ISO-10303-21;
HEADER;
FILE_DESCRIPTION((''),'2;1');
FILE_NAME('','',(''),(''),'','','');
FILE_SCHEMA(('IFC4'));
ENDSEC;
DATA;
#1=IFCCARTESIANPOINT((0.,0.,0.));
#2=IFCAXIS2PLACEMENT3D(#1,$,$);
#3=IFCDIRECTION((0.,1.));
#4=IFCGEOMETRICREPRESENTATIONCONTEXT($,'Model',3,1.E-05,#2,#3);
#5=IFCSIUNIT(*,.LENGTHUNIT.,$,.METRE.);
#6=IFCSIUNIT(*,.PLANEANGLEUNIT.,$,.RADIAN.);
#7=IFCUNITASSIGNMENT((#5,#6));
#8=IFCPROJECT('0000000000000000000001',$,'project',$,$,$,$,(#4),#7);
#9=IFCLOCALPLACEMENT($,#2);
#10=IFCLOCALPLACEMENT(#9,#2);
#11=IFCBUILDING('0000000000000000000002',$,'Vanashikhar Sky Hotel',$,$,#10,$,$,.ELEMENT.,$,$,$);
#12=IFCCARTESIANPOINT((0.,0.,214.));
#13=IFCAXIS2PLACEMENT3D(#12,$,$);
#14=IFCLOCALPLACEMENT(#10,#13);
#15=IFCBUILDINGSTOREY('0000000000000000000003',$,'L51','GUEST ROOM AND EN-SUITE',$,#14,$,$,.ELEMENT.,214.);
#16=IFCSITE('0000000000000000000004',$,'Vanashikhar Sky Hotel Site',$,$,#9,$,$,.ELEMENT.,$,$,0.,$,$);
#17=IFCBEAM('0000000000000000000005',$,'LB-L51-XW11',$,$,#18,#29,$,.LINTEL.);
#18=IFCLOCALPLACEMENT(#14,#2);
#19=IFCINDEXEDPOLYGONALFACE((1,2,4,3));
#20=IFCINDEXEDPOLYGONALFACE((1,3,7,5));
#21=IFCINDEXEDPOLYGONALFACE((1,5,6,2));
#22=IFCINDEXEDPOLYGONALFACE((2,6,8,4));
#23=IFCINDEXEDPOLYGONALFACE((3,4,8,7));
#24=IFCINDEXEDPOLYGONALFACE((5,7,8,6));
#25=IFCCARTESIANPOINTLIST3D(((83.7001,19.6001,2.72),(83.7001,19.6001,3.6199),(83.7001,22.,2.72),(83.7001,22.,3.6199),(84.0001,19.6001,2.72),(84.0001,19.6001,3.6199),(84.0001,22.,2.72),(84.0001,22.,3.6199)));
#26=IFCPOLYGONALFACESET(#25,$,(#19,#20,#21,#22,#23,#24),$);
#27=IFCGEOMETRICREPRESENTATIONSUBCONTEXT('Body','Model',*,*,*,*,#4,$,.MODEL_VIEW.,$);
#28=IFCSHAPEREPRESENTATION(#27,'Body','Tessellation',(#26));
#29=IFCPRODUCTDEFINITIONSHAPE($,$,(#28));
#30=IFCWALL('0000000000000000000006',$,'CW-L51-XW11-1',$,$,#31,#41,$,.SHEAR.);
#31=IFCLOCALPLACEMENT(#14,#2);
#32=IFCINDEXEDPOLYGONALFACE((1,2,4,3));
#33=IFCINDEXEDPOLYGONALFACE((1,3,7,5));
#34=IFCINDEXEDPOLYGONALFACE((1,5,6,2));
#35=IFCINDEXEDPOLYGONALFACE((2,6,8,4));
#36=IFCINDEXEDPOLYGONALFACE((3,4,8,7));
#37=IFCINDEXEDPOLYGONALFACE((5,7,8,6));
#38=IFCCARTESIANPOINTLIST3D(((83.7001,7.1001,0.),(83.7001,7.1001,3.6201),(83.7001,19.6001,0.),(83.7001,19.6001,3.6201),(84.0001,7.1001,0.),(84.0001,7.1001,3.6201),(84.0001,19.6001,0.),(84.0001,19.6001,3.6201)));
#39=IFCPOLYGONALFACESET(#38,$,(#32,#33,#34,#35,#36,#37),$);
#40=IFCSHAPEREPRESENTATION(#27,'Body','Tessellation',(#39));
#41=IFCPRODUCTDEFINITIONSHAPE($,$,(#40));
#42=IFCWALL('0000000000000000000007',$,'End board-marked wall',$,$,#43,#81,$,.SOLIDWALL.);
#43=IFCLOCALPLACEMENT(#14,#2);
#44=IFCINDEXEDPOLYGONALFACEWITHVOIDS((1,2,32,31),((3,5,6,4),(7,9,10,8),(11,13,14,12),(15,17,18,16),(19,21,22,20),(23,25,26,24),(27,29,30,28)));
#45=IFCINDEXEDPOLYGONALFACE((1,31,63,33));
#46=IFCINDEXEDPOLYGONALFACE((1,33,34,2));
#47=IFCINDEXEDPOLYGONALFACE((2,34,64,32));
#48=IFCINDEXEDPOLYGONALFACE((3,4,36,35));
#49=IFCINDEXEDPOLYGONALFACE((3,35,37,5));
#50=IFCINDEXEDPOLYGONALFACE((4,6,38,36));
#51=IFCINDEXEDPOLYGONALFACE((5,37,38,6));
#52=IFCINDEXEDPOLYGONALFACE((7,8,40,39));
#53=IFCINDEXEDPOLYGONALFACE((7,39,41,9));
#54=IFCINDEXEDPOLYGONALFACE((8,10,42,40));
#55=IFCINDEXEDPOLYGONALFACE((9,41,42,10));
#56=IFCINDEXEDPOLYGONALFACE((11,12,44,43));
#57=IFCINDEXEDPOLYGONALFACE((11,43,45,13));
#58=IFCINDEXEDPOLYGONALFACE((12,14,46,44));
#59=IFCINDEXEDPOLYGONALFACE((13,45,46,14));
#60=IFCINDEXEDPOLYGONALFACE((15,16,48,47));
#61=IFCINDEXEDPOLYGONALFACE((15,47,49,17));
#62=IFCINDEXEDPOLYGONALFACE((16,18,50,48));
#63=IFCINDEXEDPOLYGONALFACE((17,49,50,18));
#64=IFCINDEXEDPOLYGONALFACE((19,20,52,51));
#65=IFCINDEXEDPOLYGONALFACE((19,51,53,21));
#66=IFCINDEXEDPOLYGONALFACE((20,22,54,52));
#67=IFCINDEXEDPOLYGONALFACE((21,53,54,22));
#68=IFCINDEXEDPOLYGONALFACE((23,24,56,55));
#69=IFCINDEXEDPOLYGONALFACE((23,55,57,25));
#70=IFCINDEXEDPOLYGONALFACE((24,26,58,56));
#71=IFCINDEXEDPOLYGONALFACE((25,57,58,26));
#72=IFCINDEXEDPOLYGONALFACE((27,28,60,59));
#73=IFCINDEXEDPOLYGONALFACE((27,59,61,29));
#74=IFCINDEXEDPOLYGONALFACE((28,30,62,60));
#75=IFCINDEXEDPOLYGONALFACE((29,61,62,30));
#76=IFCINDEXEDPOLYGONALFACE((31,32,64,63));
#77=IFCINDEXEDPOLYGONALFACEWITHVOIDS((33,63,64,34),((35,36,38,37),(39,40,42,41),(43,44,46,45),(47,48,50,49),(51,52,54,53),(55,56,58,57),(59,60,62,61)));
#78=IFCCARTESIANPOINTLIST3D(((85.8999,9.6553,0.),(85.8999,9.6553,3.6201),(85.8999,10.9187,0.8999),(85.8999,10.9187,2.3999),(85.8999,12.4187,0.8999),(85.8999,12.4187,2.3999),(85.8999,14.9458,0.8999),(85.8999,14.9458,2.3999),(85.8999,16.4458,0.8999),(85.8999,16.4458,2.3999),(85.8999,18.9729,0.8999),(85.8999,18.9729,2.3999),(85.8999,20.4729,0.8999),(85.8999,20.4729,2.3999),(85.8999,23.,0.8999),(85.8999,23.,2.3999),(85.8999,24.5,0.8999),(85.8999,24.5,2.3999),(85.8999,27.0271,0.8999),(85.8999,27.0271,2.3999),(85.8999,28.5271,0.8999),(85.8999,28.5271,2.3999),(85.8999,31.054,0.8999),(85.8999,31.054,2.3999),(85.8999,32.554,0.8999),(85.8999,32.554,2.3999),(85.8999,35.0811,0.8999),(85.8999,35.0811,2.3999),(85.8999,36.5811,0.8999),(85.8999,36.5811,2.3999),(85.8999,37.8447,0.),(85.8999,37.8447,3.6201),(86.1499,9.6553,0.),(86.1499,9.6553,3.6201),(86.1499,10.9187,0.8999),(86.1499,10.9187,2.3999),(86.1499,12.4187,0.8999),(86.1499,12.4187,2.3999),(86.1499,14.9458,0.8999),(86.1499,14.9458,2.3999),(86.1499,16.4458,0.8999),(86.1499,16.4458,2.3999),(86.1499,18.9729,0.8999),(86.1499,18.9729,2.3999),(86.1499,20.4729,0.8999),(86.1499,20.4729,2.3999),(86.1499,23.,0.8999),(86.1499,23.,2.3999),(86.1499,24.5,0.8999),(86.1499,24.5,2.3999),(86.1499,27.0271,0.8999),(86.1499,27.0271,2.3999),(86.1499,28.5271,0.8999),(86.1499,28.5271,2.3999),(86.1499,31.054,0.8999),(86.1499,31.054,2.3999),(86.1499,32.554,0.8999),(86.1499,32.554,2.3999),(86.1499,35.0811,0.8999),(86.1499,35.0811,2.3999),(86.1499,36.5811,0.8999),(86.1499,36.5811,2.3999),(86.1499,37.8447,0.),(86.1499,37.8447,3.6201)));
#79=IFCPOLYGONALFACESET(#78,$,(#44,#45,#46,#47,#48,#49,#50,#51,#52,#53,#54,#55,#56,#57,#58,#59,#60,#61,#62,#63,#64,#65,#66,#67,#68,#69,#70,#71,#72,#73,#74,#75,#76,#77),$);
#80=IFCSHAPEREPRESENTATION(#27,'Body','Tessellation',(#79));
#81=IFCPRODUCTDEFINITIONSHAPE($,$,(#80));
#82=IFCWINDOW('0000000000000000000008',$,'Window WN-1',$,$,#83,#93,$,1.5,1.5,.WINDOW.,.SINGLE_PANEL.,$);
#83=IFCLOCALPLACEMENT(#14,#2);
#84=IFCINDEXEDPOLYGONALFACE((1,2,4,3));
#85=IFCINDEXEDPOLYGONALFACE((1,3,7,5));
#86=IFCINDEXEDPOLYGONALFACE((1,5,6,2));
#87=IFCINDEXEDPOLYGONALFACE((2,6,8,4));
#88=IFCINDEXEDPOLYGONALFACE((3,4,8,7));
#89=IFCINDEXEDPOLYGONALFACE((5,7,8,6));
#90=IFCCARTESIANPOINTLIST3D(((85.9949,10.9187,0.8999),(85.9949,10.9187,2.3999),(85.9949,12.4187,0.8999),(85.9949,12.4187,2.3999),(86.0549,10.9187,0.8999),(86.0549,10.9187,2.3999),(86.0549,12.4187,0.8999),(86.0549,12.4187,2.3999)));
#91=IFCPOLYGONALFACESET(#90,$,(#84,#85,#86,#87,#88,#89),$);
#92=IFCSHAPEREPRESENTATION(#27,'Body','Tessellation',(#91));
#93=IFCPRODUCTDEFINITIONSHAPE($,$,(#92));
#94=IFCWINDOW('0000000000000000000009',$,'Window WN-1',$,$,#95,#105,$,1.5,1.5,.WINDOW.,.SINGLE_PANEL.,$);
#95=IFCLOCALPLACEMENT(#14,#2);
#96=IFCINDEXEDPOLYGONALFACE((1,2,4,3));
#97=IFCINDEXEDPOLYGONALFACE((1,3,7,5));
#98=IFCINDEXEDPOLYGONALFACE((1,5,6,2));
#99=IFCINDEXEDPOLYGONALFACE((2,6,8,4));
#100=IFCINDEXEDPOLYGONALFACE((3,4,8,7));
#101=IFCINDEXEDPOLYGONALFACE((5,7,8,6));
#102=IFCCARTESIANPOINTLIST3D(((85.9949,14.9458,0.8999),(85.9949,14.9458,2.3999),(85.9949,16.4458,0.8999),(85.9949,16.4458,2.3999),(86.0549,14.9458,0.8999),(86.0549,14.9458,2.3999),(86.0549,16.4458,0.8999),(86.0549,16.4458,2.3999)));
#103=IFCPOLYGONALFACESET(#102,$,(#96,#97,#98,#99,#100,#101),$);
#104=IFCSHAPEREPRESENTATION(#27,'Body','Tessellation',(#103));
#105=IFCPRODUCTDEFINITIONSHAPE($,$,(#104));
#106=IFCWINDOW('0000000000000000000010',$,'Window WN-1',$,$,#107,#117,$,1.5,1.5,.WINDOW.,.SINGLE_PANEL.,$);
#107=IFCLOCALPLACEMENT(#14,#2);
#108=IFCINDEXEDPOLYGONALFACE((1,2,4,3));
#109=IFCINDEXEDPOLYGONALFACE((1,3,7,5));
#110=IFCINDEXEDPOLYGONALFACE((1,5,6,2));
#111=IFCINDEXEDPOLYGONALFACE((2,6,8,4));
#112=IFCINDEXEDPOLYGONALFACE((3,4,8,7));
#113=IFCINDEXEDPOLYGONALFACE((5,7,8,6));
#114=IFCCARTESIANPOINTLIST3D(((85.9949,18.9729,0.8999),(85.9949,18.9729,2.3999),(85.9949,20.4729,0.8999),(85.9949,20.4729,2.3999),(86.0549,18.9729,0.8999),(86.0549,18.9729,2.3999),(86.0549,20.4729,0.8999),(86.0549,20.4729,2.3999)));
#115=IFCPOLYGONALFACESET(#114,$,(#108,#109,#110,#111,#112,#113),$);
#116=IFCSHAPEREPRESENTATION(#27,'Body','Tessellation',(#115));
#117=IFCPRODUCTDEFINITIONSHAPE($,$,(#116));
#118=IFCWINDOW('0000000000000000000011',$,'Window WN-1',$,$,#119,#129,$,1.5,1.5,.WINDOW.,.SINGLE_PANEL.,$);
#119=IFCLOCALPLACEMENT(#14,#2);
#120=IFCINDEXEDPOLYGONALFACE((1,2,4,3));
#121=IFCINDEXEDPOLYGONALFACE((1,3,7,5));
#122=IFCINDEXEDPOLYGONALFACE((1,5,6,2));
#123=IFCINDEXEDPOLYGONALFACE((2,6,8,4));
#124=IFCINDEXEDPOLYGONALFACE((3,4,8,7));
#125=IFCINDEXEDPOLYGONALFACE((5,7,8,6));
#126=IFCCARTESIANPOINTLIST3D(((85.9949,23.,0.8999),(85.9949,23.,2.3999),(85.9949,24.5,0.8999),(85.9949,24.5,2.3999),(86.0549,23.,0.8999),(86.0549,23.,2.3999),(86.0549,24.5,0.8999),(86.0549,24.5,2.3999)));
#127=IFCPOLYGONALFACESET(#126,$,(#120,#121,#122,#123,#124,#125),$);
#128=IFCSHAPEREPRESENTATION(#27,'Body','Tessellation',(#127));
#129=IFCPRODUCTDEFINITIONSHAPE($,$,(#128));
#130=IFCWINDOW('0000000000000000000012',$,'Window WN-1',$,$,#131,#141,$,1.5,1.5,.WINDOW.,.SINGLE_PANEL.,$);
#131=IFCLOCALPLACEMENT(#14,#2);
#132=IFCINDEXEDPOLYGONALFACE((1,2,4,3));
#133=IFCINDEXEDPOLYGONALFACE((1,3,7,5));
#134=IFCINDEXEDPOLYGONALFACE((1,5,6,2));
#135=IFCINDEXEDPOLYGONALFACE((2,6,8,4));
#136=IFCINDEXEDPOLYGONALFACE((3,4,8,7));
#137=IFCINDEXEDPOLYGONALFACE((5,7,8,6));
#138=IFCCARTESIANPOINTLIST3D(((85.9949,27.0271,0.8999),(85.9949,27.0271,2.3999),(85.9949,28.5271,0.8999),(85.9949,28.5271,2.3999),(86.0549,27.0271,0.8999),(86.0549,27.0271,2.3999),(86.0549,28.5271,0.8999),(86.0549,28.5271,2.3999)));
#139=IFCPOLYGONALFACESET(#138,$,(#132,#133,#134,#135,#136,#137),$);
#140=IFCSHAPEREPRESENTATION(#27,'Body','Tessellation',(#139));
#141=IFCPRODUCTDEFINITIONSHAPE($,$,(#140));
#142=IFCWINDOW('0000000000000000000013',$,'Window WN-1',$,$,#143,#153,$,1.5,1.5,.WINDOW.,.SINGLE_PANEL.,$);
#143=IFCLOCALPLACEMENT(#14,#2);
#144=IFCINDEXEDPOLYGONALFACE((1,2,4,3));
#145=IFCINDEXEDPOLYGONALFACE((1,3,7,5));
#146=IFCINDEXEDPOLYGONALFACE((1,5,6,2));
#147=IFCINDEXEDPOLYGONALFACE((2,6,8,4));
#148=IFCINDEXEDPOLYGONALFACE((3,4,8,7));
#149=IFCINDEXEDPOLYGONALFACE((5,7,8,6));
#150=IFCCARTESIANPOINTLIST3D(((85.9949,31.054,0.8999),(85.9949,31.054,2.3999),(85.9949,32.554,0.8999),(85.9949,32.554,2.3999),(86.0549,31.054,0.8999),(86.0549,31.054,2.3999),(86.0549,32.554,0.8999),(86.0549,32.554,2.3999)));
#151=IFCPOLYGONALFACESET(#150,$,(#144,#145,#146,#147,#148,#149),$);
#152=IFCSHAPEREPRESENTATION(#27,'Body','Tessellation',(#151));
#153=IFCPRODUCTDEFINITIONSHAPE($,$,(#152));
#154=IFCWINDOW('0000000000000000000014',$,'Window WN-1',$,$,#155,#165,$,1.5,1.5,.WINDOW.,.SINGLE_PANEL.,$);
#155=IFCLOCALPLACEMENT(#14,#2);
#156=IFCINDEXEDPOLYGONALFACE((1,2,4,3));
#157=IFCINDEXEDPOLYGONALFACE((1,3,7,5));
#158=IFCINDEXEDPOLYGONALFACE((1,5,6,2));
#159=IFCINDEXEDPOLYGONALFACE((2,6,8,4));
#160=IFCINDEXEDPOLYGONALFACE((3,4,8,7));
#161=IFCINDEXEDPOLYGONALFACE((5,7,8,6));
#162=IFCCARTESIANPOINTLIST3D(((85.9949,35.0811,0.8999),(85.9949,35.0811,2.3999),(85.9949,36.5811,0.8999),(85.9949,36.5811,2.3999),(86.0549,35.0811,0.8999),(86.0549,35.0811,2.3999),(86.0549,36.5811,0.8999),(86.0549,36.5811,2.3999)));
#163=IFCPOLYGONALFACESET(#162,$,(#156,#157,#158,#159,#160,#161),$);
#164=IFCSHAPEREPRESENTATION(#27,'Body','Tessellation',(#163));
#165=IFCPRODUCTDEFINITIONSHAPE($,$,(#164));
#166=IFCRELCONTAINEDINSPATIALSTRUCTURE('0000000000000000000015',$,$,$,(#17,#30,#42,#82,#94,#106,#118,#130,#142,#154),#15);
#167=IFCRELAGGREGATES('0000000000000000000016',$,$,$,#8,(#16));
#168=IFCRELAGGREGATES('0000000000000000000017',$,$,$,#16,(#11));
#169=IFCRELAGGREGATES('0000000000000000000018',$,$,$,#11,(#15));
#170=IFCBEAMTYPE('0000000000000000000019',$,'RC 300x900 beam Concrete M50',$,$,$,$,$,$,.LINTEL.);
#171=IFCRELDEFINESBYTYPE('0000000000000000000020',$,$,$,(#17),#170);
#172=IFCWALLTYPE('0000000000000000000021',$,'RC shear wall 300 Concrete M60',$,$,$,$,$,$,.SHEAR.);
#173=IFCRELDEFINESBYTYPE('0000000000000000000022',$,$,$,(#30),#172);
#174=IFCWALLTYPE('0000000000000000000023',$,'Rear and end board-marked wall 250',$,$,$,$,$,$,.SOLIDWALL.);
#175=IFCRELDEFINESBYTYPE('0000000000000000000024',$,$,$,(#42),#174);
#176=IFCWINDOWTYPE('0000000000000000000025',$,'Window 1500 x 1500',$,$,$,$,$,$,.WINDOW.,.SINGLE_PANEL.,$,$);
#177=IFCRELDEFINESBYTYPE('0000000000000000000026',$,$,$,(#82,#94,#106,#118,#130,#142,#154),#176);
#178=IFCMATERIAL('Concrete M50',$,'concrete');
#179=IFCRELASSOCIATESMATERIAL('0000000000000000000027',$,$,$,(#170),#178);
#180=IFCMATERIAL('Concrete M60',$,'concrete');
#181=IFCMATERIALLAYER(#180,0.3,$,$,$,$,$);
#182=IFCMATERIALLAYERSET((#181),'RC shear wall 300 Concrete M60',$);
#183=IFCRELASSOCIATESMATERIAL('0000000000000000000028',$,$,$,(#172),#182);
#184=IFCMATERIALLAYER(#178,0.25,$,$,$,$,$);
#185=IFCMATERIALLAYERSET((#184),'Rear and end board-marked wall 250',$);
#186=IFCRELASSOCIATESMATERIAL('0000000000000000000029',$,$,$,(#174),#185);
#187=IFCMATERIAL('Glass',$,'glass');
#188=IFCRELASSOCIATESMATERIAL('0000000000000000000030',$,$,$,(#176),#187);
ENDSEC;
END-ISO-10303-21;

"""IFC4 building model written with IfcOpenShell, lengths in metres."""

from ifc_helpers import new_model, si_unit, direction, frame, frame_2d, origin, origin_2d, place, context, subcontext, project, spatial, rectangle, extrude, source, transform, mapped, material, layer, layer_set, material_profile, profile_set, type_object, element, fill, save


model = new_model("IFC4")

# Units and contexts
model_context = context("Model", 3, precision=1e-05, world=origin(), true_north=direction((0.0, 1.0)))
body_context = subcontext(model_context, "Body", "Model", "MODEL_VIEW")
ifc_project = project(units=[si_unit("LENGTHUNIT", "METRE"), si_unit("PLANEANGLEUNIT", "RADIAN")], contexts=[model_context])

# Site, building, storey
site_placement = place(None, origin())
site = spatial("IfcSite", under=ifc_project, at=site_placement, Name="Vanashikhar Sky Hotel Site", CompositionType="ELEMENT", RefElevation=0.0)
building_placement = place(site_placement, origin())
building = spatial("IfcBuilding", under=site, at=building_placement, Name="Vanashikhar Sky Hotel", CompositionType="ELEMENT")
storey_placement = place(building_placement, frame((0.0, 0.0, 214.0)))
storey = spatial("IfcBuildingStorey", under=building, at=storey_placement, Name="L51", Description="GUEST ROOM AND EN-SUITE", CompositionType="ELEMENT", Elevation=214.0)

# Beam
ifc_material_1 = material(Name="Concrete M50", Category="concrete")
ifc_material_profile_1 = material_profile(ifc_material_1, rectangle(XDim=0.3, YDim=0.8999, at=origin_2d()))
ifc_profile_set_1 = profile_set([ifc_material_profile_1], Name="RC 300x900 beam Concrete M50")
beam_type = type_object("IfcBeamType", Name="RC 300x900 beam Concrete M50", PredefinedType="LINTEL", material=ifc_profile_set_1)
shared_shape_1 = source(origin(), body_context, "Body", "SweptSolid", [
    extrude(rectangle(XDim=0.3, YDim=0.8999, at=origin_2d()), origin(), (0.0, 0.0, 1.0), 2.3999),
])
beam_placement = place(storey_placement, frame((83.8501, 19.6001, 3.1699), z_axis=(0.0, 1.0, 0.0), x_axis=(-1.0, 0.0, 0.0)))
element("IfcBeam", 1, at=beam_placement, inside=storey, type_object=beam_type, Name="LB-L51-XW11", PredefinedType="LINTEL", context=body_context, shape_type="MappedRepresentation", body=[
    mapped(shared_shape_1, transform((0.0, 0.0, 0.0), scale=1.0)),
])

# Wall
ifc_material_2 = material(Name="Concrete M60", Category="concrete")
ifc_layer_1 = layer(ifc_material_2, 0.3)
ifc_layer_set_1 = layer_set([ifc_layer_1], Name="RC shear wall 300 Concrete M60")
wall_type_1 = type_object("IfcWallType", Name="RC shear wall 300 Concrete M60", PredefinedType="SHEAR", material=ifc_layer_set_1)
shared_shape_2 = source(origin(), body_context, "Body", "SweptSolid", [
    extrude(rectangle(XDim=12.5, YDim=0.3, at=frame_2d((6.25, 0.0))), origin(), (0.0, 0.0, 1.0), 3.6201),
])
wall_1_placement = place(storey_placement, frame((83.8501, 7.1001, 0.0), z_axis=(0.0, 0.0, 1.0), x_axis=(0.0, 1.0, 0.0)))
element("IfcWall", 2, at=wall_1_placement, inside=storey, type_object=wall_type_1, Name="CW-L51-XW11-1", PredefinedType="SHEAR", context=body_context, shape_type="MappedRepresentation", body=[
    mapped(shared_shape_2, transform((0.0, 0.0, 0.0), scale=1.0)),
])

# Wall, openings, windows
ifc_layer_2 = layer(ifc_material_1, 0.25)
ifc_layer_set_2 = layer_set([ifc_layer_2], Name="Rear and end board-marked wall 250")
wall_type_2 = type_object("IfcWallType", Name="Rear and end board-marked wall 250", PredefinedType="SOLIDWALL", material=ifc_layer_set_2)
shared_shape_3 = source(origin(), body_context, "Body", "SweptSolid", [
    extrude(rectangle(XDim=28.1895, YDim=0.25, at=frame_2d((14.0947, 0.0))), origin(), (0.0, 0.0, 1.0), 3.6201),
])
wall_2_placement = place(storey_placement, frame((86.0249, 9.6553, 0.0), z_axis=(0.0, 0.0, 1.0), x_axis=(0.0, 1.0, 0.0)))
wall_2 = element("IfcWall", 3, at=wall_2_placement, inside=storey, type_object=wall_type_2, Name="End board-marked wall", PredefinedType="SOLIDWALL", context=body_context, shape_type="MappedRepresentation", body=[
    mapped(shared_shape_3, transform((0.0, 0.0, 0.0), scale=1.0)),
])
shared_shape_4 = source(origin(), body_context, "Body", "SweptSolid", [
    extrude(rectangle(XDim=1.5, YDim=1.5, at=frame_2d((0.75, 0.75))), frame((0.0, 0.135, 0.0), z_axis=(0.0, -1.0, 0.0), x_axis=(1.0, 0.0, 0.0)), (0.0, 0.0, 1.0), 0.27),
])
opening_1_placement = place(wall_2_placement, frame((1.2634, 0.0, 0.8999)))
opening_1 = element("IfcOpeningElement", 4, at=opening_1_placement, cuts=wall_2, PredefinedType="OPENING", context=body_context, shape_type="MappedRepresentation", body=[
    mapped(shared_shape_4, transform((0.0, 0.0, 0.0), scale=1.0)),
])
opening_2_placement = place(wall_2_placement, frame((5.2905, 0.0, 0.8999)))
opening_2 = element("IfcOpeningElement", 5, at=opening_2_placement, cuts=wall_2, PredefinedType="OPENING", context=body_context, shape_type="MappedRepresentation", body=[
    mapped(shared_shape_4, transform((0.0, 0.0, 0.0), scale=1.0)),
])
opening_3_placement = place(wall_2_placement, frame((9.3176, 0.0, 0.8999)))
opening_3 = element("IfcOpeningElement", 6, at=opening_3_placement, cuts=wall_2, PredefinedType="OPENING", context=body_context, shape_type="MappedRepresentation", body=[
    mapped(shared_shape_4, transform((0.0, 0.0, 0.0), scale=1.0)),
])
opening_4_placement = place(wall_2_placement, frame((13.3447, 0.0, 0.8999)))
opening_4 = element("IfcOpeningElement", 7, at=opening_4_placement, cuts=wall_2, PredefinedType="OPENING", context=body_context, shape_type="MappedRepresentation", body=[
    mapped(shared_shape_4, transform((0.0, 0.0, 0.0), scale=1.0)),
])
opening_5_placement = place(wall_2_placement, frame((17.3718, 0.0, 0.8999)))
opening_5 = element("IfcOpeningElement", 8, at=opening_5_placement, cuts=wall_2, PredefinedType="OPENING", context=body_context, shape_type="MappedRepresentation", body=[
    mapped(shared_shape_4, transform((0.0, 0.0, 0.0), scale=1.0)),
])
opening_6_placement = place(wall_2_placement, frame((21.3987, 0.0, 0.8999)))
opening_6 = element("IfcOpeningElement", 9, at=opening_6_placement, cuts=wall_2, PredefinedType="OPENING", context=body_context, shape_type="MappedRepresentation", body=[
    mapped(shared_shape_4, transform((0.0, 0.0, 0.0), scale=1.0)),
])
opening_7_placement = place(wall_2_placement, frame((25.4258, 0.0, 0.8999)))
opening_7 = element("IfcOpeningElement", 10, at=opening_7_placement, cuts=wall_2, PredefinedType="OPENING", context=body_context, shape_type="MappedRepresentation", body=[
    mapped(shared_shape_4, transform((0.0, 0.0, 0.0), scale=1.0)),
])
ifc_material_3 = material(Name="Glass", Category="glass")
window_type = type_object("IfcWindowType", Name="Window 1500 x 1500", PartitioningType="SINGLE_PANEL", PredefinedType="WINDOW", material=ifc_material_3)
shared_shape_5 = source(origin(), body_context, "Body", "SweptSolid", [
    extrude(rectangle(XDim=1.5, YDim=1.5, at=frame_2d((0.75, 0.75))), frame((0.0, 0.03, 0.0), z_axis=(0.0, -1.0, 0.0), x_axis=(1.0, 0.0, 0.0)), (0.0, 0.0, 1.0), 0.0601),
])
window_1_placement = place(opening_1_placement, origin())
window_1 = element("IfcWindow", 11, at=window_1_placement, inside=storey, type_object=window_type, Name="Window WN-1", OverallHeight=1.5, OverallWidth=1.5, PartitioningType="SINGLE_PANEL", PredefinedType="WINDOW", context=body_context, shape_type="MappedRepresentation", body=[
    mapped(shared_shape_5, transform((0.0, 0.0, 0.0), scale=1.0)),
])
fill(opening_1, window_1)
window_2_placement = place(opening_2_placement, origin())
window_2 = element("IfcWindow", 12, at=window_2_placement, inside=storey, type_object=window_type, Name="Window WN-1", OverallHeight=1.5, OverallWidth=1.5, PartitioningType="SINGLE_PANEL", PredefinedType="WINDOW", context=body_context, shape_type="MappedRepresentation", body=[
    mapped(shared_shape_5, transform((0.0, 0.0, 0.0), scale=1.0)),
])
fill(opening_2, window_2)
window_3_placement = place(opening_3_placement, origin())
window_3 = element("IfcWindow", 13, at=window_3_placement, inside=storey, type_object=window_type, Name="Window WN-1", OverallHeight=1.5, OverallWidth=1.5, PartitioningType="SINGLE_PANEL", PredefinedType="WINDOW", context=body_context, shape_type="MappedRepresentation", body=[
    mapped(shared_shape_5, transform((0.0, 0.0, 0.0), scale=1.0)),
])
fill(opening_3, window_3)
window_4_placement = place(opening_4_placement, origin())
window_4 = element("IfcWindow", 14, at=window_4_placement, inside=storey, type_object=window_type, Name="Window WN-1", OverallHeight=1.5, OverallWidth=1.5, PartitioningType="SINGLE_PANEL", PredefinedType="WINDOW", context=body_context, shape_type="MappedRepresentation", body=[
    mapped(shared_shape_5, transform((0.0, 0.0, 0.0), scale=1.0)),
])
fill(opening_4, window_4)
window_5_placement = place(opening_5_placement, origin())
window_5 = element("IfcWindow", 15, at=window_5_placement, inside=storey, type_object=window_type, Name="Window WN-1", OverallHeight=1.5, OverallWidth=1.5, PartitioningType="SINGLE_PANEL", PredefinedType="WINDOW", context=body_context, shape_type="MappedRepresentation", body=[
    mapped(shared_shape_5, transform((0.0, 0.0, 0.0), scale=1.0)),
])
fill(opening_5, window_5)
window_6_placement = place(opening_6_placement, origin())
window_6 = element("IfcWindow", 16, at=window_6_placement, inside=storey, type_object=window_type, Name="Window WN-1", OverallHeight=1.5, OverallWidth=1.5, PartitioningType="SINGLE_PANEL", PredefinedType="WINDOW", context=body_context, shape_type="MappedRepresentation", body=[
    mapped(shared_shape_5, transform((0.0, 0.0, 0.0), scale=1.0)),
])
fill(opening_6, window_6)
window_7_placement = place(opening_7_placement, origin())
window_7 = element("IfcWindow", 17, at=window_7_placement, inside=storey, type_object=window_type, Name="Window WN-1", OverallHeight=1.5, OverallWidth=1.5, PartitioningType="SINGLE_PANEL", PredefinedType="WINDOW", context=body_context, shape_type="MappedRepresentation", body=[
    mapped(shared_shape_5, transform((0.0, 0.0, 0.0), scale=1.0)),
])
fill(opening_7, window_7)

save(model, "model.ifc")
